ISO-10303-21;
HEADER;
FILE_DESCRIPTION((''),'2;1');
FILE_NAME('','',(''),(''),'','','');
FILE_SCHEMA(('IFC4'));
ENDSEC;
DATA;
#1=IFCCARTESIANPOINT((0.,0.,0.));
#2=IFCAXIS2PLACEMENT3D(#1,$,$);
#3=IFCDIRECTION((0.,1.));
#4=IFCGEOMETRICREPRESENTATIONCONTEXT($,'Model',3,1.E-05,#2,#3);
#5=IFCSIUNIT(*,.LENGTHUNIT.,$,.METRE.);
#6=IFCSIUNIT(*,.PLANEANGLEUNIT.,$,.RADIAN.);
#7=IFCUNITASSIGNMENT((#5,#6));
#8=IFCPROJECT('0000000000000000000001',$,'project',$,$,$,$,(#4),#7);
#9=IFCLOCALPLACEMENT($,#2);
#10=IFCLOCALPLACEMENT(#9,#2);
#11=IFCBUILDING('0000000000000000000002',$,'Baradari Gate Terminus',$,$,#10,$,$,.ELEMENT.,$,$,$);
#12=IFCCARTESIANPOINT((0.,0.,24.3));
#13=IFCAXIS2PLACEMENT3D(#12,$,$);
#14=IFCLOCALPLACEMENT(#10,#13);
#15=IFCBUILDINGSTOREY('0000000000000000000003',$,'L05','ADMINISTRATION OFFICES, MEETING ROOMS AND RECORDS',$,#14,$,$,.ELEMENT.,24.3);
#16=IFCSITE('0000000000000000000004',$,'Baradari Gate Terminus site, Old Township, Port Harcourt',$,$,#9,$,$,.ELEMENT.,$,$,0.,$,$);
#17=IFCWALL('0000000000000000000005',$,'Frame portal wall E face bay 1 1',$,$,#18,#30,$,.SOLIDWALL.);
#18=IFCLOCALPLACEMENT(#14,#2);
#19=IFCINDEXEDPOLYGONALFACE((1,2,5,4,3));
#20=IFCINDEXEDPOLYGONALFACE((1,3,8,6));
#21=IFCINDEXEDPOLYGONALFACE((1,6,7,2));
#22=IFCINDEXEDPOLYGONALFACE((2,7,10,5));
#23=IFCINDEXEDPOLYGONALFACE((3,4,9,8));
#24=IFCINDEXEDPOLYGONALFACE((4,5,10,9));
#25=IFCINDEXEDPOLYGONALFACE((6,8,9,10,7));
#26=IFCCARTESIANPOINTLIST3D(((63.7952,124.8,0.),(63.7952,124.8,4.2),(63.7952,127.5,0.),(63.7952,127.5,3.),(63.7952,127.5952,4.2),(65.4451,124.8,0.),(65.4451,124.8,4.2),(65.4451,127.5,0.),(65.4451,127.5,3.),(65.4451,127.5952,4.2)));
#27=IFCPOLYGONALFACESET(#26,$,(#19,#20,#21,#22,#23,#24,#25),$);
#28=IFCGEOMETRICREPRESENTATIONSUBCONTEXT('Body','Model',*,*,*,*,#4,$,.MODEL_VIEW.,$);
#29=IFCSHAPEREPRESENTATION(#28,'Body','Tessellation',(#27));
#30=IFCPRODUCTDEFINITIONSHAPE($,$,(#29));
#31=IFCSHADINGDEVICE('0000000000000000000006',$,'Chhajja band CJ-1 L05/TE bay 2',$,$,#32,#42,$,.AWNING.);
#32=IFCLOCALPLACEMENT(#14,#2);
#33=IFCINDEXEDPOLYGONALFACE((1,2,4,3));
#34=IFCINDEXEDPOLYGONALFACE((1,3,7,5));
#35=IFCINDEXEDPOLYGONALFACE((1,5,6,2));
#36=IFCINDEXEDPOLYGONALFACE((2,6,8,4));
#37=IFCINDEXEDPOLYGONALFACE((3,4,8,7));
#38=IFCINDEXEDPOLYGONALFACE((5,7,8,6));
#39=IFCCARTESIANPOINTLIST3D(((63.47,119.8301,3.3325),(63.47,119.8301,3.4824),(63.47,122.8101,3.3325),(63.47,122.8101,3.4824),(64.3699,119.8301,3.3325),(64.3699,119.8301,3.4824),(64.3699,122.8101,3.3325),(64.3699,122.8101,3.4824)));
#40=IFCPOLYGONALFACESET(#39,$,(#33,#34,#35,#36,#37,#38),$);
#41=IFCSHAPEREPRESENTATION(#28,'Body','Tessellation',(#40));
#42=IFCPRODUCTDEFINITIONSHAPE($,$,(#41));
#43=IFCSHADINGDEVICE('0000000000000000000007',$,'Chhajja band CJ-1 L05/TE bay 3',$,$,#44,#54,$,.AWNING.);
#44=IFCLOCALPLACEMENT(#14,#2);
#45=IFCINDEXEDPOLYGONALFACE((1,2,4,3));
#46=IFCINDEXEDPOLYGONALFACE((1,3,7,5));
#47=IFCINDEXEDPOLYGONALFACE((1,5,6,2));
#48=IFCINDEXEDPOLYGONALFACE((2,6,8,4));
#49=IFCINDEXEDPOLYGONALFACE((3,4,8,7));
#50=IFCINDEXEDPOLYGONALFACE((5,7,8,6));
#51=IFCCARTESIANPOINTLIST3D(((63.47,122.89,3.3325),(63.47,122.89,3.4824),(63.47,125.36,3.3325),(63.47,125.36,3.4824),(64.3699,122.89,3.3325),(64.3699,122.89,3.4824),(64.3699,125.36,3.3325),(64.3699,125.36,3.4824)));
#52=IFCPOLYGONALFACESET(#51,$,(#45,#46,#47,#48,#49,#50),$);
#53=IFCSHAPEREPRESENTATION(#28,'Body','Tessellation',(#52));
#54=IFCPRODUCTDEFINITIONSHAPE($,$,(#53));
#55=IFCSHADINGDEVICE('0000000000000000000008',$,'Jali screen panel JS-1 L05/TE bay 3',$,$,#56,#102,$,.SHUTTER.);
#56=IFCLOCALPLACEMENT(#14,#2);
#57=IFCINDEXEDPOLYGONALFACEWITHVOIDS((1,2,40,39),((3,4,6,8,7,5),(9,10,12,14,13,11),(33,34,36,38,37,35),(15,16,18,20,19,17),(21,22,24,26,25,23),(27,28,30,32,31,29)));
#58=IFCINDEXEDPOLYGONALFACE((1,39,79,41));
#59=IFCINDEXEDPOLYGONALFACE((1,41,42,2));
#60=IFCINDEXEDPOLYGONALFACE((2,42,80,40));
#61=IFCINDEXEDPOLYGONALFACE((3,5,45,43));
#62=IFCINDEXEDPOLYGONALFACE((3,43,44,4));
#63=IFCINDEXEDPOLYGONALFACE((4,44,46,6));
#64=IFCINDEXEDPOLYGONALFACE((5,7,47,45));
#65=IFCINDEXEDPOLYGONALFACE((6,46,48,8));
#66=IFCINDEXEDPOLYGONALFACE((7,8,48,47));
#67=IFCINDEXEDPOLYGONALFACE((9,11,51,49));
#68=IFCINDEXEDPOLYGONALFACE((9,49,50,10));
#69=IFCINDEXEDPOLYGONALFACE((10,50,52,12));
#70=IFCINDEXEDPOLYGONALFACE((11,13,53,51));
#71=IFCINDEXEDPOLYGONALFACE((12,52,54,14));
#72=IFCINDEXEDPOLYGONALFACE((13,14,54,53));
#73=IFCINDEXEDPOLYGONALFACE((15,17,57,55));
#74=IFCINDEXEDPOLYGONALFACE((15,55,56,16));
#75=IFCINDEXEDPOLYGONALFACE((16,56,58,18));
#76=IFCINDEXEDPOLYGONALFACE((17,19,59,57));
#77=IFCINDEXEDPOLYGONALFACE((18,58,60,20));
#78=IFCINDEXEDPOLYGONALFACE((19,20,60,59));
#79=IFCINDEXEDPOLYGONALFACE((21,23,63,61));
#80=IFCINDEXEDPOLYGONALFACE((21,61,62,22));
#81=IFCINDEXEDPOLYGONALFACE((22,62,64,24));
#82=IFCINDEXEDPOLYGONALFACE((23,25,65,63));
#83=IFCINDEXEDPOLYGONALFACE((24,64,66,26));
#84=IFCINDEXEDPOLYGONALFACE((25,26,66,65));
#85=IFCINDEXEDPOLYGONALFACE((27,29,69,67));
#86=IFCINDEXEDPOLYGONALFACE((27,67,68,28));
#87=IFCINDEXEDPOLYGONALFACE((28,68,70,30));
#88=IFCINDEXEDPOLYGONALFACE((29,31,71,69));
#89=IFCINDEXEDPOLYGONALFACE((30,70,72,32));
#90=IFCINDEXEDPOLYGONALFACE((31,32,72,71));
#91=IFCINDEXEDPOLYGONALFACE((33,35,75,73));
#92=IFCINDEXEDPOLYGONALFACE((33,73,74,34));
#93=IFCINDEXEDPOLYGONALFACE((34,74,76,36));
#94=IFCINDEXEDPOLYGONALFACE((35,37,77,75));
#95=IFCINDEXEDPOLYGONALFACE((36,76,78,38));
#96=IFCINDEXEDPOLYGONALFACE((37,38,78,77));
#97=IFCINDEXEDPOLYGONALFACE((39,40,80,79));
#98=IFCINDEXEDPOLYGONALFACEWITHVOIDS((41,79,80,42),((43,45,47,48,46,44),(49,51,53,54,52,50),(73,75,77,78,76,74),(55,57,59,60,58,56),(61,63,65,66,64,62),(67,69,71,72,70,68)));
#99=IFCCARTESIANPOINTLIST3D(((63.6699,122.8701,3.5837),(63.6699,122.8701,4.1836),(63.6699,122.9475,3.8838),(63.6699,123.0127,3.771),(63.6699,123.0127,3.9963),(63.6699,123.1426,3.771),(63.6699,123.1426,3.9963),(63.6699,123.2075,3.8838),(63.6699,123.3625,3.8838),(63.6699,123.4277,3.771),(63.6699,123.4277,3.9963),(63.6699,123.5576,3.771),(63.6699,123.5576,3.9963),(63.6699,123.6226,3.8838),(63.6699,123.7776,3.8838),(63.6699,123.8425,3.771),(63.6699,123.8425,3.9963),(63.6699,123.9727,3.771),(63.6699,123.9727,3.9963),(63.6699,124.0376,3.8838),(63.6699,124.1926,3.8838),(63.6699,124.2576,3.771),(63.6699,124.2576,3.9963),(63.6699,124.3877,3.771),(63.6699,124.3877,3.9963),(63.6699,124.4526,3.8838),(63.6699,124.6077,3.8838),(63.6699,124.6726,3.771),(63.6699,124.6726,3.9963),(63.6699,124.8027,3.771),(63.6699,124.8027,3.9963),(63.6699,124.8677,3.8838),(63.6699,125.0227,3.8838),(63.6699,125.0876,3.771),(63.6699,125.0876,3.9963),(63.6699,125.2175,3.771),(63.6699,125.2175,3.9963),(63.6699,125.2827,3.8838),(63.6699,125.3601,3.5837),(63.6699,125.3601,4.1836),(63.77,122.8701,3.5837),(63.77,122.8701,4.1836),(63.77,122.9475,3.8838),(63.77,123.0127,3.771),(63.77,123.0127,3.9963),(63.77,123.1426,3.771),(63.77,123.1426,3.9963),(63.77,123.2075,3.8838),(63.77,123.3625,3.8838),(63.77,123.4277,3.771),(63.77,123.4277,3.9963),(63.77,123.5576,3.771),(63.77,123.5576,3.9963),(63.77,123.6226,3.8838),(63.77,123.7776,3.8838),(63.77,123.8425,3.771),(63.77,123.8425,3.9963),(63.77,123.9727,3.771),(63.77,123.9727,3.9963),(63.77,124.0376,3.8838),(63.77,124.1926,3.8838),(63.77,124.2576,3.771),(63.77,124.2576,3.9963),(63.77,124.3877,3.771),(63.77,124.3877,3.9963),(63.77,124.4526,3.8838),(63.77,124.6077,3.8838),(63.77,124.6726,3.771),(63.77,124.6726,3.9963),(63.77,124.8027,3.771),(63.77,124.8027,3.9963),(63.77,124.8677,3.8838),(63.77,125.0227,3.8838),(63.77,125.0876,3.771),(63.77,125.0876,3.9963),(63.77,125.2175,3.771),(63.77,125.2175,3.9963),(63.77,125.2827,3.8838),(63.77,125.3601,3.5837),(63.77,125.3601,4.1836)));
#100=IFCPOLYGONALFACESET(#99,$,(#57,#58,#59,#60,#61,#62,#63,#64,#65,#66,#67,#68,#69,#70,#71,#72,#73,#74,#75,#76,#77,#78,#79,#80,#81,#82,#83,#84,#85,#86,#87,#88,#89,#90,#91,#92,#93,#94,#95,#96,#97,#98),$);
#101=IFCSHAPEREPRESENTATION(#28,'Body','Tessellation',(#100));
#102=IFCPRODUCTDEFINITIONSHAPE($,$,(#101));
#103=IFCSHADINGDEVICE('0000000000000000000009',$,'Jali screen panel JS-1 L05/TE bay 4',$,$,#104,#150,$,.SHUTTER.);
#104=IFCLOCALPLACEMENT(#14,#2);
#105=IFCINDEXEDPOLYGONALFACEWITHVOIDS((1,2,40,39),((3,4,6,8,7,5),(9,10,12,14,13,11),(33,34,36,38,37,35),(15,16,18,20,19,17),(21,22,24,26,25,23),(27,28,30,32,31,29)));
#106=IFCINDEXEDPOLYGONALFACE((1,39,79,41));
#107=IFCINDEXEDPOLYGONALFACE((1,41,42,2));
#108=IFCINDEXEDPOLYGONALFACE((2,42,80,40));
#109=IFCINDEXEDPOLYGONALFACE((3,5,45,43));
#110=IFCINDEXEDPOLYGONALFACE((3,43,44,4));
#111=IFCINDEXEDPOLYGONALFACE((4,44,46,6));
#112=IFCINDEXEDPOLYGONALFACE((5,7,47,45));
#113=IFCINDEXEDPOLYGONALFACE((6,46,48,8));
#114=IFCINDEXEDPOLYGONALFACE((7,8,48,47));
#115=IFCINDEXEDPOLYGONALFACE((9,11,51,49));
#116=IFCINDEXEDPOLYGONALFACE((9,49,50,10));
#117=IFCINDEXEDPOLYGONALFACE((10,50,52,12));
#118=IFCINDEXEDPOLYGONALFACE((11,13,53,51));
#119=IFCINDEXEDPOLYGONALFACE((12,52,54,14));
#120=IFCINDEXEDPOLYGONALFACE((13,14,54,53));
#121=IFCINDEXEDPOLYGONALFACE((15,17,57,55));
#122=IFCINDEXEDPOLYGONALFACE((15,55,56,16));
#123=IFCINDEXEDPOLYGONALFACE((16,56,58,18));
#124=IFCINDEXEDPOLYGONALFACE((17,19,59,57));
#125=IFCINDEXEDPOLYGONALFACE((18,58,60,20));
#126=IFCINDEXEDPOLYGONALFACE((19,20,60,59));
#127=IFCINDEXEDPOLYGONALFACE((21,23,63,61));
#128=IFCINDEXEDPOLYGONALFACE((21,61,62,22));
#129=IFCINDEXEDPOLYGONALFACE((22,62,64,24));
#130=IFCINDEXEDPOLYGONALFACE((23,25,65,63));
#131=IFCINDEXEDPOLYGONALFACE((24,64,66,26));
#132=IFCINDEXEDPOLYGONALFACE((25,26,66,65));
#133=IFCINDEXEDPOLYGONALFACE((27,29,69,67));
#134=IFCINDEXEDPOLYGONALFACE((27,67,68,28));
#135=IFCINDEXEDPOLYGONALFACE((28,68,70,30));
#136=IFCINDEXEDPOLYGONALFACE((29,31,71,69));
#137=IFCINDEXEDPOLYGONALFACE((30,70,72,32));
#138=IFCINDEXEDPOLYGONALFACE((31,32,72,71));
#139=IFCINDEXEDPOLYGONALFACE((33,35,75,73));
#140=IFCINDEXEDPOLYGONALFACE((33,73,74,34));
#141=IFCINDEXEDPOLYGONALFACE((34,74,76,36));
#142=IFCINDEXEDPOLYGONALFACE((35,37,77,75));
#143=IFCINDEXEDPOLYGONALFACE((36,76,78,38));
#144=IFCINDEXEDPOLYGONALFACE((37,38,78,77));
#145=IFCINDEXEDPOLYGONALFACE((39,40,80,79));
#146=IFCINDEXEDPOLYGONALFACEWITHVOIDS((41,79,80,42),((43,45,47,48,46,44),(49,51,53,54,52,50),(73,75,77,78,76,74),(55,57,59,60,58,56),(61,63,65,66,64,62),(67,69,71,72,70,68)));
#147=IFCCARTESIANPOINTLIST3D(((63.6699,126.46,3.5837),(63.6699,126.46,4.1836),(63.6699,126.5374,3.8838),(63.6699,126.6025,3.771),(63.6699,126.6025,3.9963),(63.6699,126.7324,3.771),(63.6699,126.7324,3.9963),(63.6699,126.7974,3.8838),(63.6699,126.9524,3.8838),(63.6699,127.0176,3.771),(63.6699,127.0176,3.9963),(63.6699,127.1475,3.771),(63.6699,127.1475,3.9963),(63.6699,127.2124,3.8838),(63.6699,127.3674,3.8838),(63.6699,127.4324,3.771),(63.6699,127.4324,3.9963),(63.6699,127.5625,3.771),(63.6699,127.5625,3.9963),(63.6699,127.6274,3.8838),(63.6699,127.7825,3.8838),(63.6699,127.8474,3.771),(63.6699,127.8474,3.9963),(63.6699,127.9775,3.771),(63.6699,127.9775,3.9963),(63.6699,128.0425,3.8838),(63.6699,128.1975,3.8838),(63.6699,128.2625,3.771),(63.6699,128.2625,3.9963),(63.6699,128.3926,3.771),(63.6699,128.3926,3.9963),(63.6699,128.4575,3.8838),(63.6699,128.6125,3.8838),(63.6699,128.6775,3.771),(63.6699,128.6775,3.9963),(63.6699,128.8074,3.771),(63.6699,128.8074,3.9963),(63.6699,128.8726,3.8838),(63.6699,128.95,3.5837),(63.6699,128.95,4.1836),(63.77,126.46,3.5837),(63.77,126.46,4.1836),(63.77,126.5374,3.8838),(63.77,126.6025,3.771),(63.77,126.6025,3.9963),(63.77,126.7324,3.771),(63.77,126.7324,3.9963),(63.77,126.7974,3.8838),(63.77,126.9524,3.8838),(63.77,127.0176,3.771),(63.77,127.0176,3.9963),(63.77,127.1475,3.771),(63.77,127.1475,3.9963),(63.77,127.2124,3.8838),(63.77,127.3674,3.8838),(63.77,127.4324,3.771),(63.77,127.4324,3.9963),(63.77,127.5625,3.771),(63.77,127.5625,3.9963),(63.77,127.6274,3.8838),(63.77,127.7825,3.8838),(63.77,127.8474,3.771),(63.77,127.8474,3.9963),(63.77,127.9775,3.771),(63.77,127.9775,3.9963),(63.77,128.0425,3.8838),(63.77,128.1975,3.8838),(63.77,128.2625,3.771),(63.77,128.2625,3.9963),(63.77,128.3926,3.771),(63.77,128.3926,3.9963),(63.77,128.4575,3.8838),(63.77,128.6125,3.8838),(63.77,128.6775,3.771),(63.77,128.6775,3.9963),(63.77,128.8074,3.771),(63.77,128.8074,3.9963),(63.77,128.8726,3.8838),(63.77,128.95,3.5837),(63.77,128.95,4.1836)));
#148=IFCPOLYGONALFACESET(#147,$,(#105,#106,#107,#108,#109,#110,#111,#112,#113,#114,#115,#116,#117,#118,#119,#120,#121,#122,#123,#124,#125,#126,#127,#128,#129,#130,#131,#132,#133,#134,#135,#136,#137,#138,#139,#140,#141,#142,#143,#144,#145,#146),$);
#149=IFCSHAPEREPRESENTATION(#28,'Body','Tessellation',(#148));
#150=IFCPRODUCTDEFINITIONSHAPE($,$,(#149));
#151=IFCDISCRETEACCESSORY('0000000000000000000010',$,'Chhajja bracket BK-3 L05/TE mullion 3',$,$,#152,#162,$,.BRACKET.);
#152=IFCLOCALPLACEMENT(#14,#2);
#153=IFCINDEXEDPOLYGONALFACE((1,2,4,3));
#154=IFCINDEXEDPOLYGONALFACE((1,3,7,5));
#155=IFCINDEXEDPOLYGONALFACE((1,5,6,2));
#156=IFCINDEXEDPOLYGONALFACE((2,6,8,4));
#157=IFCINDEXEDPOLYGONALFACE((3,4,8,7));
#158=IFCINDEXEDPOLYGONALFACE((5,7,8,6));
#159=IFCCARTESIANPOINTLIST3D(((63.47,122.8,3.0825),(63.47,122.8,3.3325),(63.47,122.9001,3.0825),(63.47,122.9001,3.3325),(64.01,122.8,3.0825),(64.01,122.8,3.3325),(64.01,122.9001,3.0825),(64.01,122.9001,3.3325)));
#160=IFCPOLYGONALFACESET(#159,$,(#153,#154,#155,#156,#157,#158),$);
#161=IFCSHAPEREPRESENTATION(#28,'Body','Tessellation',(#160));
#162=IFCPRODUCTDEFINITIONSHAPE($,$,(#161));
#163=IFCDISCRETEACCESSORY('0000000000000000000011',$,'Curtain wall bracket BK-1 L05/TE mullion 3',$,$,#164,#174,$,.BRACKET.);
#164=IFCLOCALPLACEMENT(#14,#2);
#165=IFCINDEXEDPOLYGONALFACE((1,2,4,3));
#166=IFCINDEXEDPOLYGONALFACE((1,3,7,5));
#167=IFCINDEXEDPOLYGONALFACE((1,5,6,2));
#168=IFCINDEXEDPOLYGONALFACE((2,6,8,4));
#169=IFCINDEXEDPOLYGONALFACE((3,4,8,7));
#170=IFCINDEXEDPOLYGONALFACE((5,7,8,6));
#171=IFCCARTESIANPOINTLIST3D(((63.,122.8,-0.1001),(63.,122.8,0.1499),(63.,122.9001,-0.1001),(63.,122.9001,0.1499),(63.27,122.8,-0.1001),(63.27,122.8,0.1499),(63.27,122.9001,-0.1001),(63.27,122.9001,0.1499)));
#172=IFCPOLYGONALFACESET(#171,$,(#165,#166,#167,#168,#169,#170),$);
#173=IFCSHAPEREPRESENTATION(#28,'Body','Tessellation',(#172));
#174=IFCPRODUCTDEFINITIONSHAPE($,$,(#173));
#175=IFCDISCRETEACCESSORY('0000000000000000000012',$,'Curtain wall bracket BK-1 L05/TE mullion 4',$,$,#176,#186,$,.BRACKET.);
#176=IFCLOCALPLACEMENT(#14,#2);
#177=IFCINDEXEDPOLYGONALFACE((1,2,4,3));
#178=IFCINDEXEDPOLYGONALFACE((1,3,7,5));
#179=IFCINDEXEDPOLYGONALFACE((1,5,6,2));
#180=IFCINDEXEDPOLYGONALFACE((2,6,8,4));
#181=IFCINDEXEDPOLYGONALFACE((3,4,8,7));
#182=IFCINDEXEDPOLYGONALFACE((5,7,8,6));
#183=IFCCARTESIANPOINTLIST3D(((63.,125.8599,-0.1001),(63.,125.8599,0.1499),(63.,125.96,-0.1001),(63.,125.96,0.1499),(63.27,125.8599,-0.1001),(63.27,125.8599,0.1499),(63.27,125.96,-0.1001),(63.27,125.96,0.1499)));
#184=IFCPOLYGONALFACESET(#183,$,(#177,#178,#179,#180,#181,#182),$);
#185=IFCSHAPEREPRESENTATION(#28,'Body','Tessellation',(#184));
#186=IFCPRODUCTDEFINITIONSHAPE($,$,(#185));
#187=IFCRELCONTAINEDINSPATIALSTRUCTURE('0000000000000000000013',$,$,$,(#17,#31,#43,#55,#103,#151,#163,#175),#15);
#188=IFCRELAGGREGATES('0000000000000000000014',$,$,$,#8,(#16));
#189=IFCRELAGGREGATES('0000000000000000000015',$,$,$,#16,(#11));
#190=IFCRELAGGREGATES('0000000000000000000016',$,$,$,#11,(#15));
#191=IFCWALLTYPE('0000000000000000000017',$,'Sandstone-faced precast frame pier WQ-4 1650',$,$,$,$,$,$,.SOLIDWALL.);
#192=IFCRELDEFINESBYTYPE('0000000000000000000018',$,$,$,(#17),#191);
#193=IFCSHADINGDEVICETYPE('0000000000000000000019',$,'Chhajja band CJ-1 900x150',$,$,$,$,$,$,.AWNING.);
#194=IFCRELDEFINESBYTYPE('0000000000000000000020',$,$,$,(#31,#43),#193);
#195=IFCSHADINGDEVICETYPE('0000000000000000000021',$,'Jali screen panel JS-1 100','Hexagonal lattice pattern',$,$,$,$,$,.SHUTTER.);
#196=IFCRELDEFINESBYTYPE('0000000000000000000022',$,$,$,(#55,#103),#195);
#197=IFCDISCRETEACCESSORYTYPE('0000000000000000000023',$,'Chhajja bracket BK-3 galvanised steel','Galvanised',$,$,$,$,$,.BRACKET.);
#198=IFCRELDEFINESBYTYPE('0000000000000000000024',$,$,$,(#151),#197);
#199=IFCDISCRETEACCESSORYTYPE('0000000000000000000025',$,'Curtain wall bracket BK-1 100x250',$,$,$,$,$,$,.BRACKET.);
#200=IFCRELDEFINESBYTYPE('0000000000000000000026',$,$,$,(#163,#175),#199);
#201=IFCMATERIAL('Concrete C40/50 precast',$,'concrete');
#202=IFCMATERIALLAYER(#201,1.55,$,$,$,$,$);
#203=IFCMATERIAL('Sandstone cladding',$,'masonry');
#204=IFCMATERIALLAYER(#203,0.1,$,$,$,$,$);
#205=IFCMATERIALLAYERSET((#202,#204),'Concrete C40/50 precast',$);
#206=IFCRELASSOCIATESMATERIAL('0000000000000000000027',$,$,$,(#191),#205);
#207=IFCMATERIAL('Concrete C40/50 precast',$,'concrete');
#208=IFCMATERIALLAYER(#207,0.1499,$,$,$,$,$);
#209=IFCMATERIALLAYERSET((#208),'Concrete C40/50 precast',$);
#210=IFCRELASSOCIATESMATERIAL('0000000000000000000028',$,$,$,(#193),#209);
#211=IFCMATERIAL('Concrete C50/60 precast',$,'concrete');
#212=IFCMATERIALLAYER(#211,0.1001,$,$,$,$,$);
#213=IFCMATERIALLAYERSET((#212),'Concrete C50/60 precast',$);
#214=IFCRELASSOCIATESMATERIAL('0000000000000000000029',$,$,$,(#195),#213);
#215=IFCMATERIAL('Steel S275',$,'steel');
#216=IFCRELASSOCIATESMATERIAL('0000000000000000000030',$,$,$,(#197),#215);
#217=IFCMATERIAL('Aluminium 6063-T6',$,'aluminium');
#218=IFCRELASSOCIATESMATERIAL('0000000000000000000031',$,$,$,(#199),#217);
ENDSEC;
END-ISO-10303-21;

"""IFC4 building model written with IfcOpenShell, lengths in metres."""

from ifc_helpers import new_model, si_unit, direction, frame, origin, origin_2d, place, context, subcontext, project, spatial, polyline, rectangle, outline, extrude, material, layer, layer_set, type_object, element, save


model = new_model("IFC4")

# Units and contexts
model_context = context("Model", 3, precision=1e-05, world=origin(), true_north=direction((0.0, 1.0)))
body_context = subcontext(model_context, "Body", "Model", "MODEL_VIEW")
ifc_project = project(units=[si_unit("LENGTHUNIT", "METRE"), si_unit("PLANEANGLEUNIT", "RADIAN")], contexts=[model_context])

# Site, building, storey
site_placement = place(None, origin())
site = spatial("IfcSite", under=ifc_project, at=site_placement, Name="Baradari Gate Terminus site, Old Township, Port Harcourt", CompositionType="ELEMENT", RefElevation=0.0)
building_placement = place(site_placement, origin())
building = spatial("IfcBuilding", under=site, at=building_placement, Name="Baradari Gate Terminus", CompositionType="ELEMENT")
storey_placement = place(building_placement, frame((0.0, 0.0, 24.3)))
storey = spatial("IfcBuildingStorey", under=building, at=storey_placement, Name="L05", Description="ADMINISTRATION OFFICES, MEETING ROOMS AND RECORDS", CompositionType="ELEMENT", Elevation=24.3)

# Wall
ifc_material_1 = material(Name="Concrete C40/50 precast", Category="concrete")
ifc_layer_1 = layer(ifc_material_1, 1.55)
ifc_material_2 = material(Name="Sandstone cladding", Category="masonry")
ifc_layer_2 = layer(ifc_material_2, 0.1)
ifc_layer_set_1 = layer_set([ifc_layer_1, ifc_layer_2], Name="Concrete C40/50 precast")
wall_type = type_object("IfcWallType", Name="Sandstone-faced precast frame pier WQ-4 1650", PredefinedType="SOLIDWALL", material=ifc_layer_set_1)
wall_placement = place(storey_placement, frame((64.6201, 124.8, 0.0), z_axis=(0.0, 0.0, 1.0), x_axis=(0.0, 1.0, 0.0)))
element("IfcWall", 1, at=wall_placement, inside=storey, type_object=wall_type, Name="Frame portal wall E face bay 1 1", PredefinedType="SOLIDWALL", context=body_context, shape_type="SweptSolid", body=[
    extrude(outline(polyline([(2.7, 0.0), (2.7, 3.0), (2.7952, 4.2), (0.0, 4.2), (0.0, 0.0), (2.7, 0.0)])), frame((0.0, 0.825, 0.0), z_axis=(0.0, -1.0, 0.0), x_axis=(1.0, 0.0, 0.0)), (0.0, 0.0, 1.0), 1.6499),
])

# Shading devices
ifc_material_3 = material(Name="Concrete C40/50 precast", Category="concrete")
ifc_layer_3 = layer(ifc_material_3, 0.1499)
ifc_layer_set_2 = layer_set([ifc_layer_3], Name="Concrete C40/50 precast")
shading_device_type_1 = type_object("IfcShadingDeviceType", Name="Chhajja band CJ-1 900x150", PredefinedType="AWNING", material=ifc_layer_set_2)
shading_device_1_placement = place(storey_placement, frame((63.9199, 121.3201, 3.3325), z_axis=(0.0, 0.0, 1.0), x_axis=(0.0, 1.0, 0.0)))
element("IfcShadingDevice", 2, at=shading_device_1_placement, inside=storey, type_object=shading_device_type_1, Name="Chhajja band CJ-1 L05/TE bay 2", PredefinedType="AWNING", context=body_context, shape_type="SweptSolid", body=[
    extrude(rectangle(XDim=2.98, YDim=0.8999, at=origin_2d()), origin(), (0.0, 0.0, 1.0), 0.1499),
])
shading_device_2_placement = place(storey_placement, frame((63.9199, 124.125, 3.3325), z_axis=(0.0, 0.0, 1.0), x_axis=(0.0, 1.0, 0.0)))
element("IfcShadingDevice", 3, at=shading_device_2_placement, inside=storey, type_object=shading_device_type_1, Name="Chhajja band CJ-1 L05/TE bay 3", PredefinedType="AWNING", context=body_context, shape_type="SweptSolid", body=[
    extrude(rectangle(XDim=2.47, YDim=0.8999, at=origin_2d()), origin(), (0.0, 0.0, 1.0), 0.1499),
])
ifc_material_4 = material(Name="Concrete C50/60 precast", Category="concrete")
ifc_layer_4 = layer(ifc_material_4, 0.1001)
ifc_layer_set_3 = layer_set([ifc_layer_4], Name="Concrete C50/60 precast")
shading_device_type_2 = type_object("IfcShadingDeviceType", Name="Jali screen panel JS-1 100", Description="Hexagonal lattice pattern", PredefinedType="SHUTTER", material=ifc_layer_set_3)
for number, where, z_axis, x_axis, name in (
    (4, (63.72, 122.8701, 3.5837), (0.0, 0.0, 1.0), (0.0, 1.0, 0.0), "Jali screen panel JS-1 L05/TE bay 3"),
    (5, (63.72, 126.46, 3.5837), (0.0, 0.0, 1.0), (0.0, 1.0, 0.0), "Jali screen panel JS-1 L05/TE bay 4"),
):
    element("IfcShadingDevice", number, at=place(storey_placement, frame(where, z_axis=z_axis, x_axis=x_axis)), inside=storey, type_object=shading_device_type_2, Name=name, PredefinedType="SHUTTER", context=body_context, shape_type="SweptSolid", body=[
        extrude(outline(polyline([(0.0, 0.0), (2.49, 0.0), (2.49, 0.5999), (0.0, 0.5999), (0.0, 0.0)]), holes=[polyline([(0.3374, 0.3), (0.2725, 0.1873), (0.1426, 0.1873), (0.0774, 0.3), (0.1426, 0.4126), (0.2725, 0.4126), (0.3374, 0.3)]), polyline([(0.7524, 0.3), (0.6875, 0.1873), (0.5576, 0.1873), (0.4924, 0.3), (0.5576, 0.4126), (0.6875, 0.4126), (0.7524, 0.3)]), polyline([(1.1675, 0.3), (1.1025, 0.1873), (0.9724, 0.1873), (0.9075, 0.3), (0.9724, 0.4126), (1.1025, 0.4126), (1.1675, 0.3)]), polyline([(1.5825, 0.3), (1.5176, 0.1873), (1.3875, 0.1873), (1.3225, 0.3), (1.3875, 0.4126), (1.5176, 0.4126), (1.5825, 0.3)]), polyline([(1.9976, 0.3), (1.9326, 0.1873), (1.8025, 0.1873), (1.7375, 0.3), (1.8025, 0.4126), (1.9326, 0.4126), (1.9976, 0.3)]), polyline([(2.4126, 0.3), (2.3474, 0.1873), (2.2175, 0.1873), (2.1526, 0.3), (2.2175, 0.4126), (2.3474, 0.4126), (2.4126, 0.3)])]), frame((0.0, 0.05, 0.0), z_axis=(0.0, -1.0, 0.0), x_axis=(1.0, 0.0, 0.0)), (0.0, 0.0, 1.0), 0.1001),
    ])

# Discrete accessories
ifc_material_5 = material(Name="Steel S275", Category="steel")
discrete_accessory_type_1 = type_object("IfcDiscreteAccessoryType", Name="Chhajja bracket BK-3 galvanised steel", Description="Galvanised", PredefinedType="BRACKET", material=ifc_material_5)
discrete_accessory_placement = place(storey_placement, frame((63.74, 122.8501, 3.0825), z_axis=(0.0, 0.0, 1.0), x_axis=(1.0, 0.0, 0.0)))
element("IfcDiscreteAccessory", 6, at=discrete_accessory_placement, inside=storey, type_object=discrete_accessory_type_1, Name="Chhajja bracket BK-3 L05/TE mullion 3", PredefinedType="BRACKET", context=body_context, shape_type="SweptSolid", body=[
    extrude(rectangle(XDim=0.54, YDim=0.1001, at=origin_2d()), origin(), (0.0, 0.0, 1.0), 0.25),
])
ifc_material_6 = material(Name="Aluminium 6063-T6", Category="aluminium")
discrete_accessory_type_2 = type_object("IfcDiscreteAccessoryType", Name="Curtain wall bracket BK-1 100x250", PredefinedType="BRACKET", material=ifc_material_6)
for number, where, z_axis, x_axis, name in (
    (7, (63.135, 122.8501, -0.1001), (0.0, 0.0, 1.0), (1.0, 0.0, 0.0), "Curtain wall bracket BK-1 L05/TE mullion 3"),
    (8, (63.135, 125.9099, -0.1001), (0.0, 0.0, 1.0), (1.0, 0.0, 0.0), "Curtain wall bracket BK-1 L05/TE mullion 4"),
):
    element("IfcDiscreteAccessory", number, at=place(storey_placement, frame(where, z_axis=z_axis, x_axis=x_axis)), inside=storey, type_object=discrete_accessory_type_2, Name=name, PredefinedType="BRACKET", context=body_context, shape_type="SweptSolid", body=[
        extrude(rectangle(XDim=0.27, YDim=0.1001, at=origin_2d()), origin(), (0.0, 0.0, 1.0), 0.25),
    ])

save(model, "model.ifc")
